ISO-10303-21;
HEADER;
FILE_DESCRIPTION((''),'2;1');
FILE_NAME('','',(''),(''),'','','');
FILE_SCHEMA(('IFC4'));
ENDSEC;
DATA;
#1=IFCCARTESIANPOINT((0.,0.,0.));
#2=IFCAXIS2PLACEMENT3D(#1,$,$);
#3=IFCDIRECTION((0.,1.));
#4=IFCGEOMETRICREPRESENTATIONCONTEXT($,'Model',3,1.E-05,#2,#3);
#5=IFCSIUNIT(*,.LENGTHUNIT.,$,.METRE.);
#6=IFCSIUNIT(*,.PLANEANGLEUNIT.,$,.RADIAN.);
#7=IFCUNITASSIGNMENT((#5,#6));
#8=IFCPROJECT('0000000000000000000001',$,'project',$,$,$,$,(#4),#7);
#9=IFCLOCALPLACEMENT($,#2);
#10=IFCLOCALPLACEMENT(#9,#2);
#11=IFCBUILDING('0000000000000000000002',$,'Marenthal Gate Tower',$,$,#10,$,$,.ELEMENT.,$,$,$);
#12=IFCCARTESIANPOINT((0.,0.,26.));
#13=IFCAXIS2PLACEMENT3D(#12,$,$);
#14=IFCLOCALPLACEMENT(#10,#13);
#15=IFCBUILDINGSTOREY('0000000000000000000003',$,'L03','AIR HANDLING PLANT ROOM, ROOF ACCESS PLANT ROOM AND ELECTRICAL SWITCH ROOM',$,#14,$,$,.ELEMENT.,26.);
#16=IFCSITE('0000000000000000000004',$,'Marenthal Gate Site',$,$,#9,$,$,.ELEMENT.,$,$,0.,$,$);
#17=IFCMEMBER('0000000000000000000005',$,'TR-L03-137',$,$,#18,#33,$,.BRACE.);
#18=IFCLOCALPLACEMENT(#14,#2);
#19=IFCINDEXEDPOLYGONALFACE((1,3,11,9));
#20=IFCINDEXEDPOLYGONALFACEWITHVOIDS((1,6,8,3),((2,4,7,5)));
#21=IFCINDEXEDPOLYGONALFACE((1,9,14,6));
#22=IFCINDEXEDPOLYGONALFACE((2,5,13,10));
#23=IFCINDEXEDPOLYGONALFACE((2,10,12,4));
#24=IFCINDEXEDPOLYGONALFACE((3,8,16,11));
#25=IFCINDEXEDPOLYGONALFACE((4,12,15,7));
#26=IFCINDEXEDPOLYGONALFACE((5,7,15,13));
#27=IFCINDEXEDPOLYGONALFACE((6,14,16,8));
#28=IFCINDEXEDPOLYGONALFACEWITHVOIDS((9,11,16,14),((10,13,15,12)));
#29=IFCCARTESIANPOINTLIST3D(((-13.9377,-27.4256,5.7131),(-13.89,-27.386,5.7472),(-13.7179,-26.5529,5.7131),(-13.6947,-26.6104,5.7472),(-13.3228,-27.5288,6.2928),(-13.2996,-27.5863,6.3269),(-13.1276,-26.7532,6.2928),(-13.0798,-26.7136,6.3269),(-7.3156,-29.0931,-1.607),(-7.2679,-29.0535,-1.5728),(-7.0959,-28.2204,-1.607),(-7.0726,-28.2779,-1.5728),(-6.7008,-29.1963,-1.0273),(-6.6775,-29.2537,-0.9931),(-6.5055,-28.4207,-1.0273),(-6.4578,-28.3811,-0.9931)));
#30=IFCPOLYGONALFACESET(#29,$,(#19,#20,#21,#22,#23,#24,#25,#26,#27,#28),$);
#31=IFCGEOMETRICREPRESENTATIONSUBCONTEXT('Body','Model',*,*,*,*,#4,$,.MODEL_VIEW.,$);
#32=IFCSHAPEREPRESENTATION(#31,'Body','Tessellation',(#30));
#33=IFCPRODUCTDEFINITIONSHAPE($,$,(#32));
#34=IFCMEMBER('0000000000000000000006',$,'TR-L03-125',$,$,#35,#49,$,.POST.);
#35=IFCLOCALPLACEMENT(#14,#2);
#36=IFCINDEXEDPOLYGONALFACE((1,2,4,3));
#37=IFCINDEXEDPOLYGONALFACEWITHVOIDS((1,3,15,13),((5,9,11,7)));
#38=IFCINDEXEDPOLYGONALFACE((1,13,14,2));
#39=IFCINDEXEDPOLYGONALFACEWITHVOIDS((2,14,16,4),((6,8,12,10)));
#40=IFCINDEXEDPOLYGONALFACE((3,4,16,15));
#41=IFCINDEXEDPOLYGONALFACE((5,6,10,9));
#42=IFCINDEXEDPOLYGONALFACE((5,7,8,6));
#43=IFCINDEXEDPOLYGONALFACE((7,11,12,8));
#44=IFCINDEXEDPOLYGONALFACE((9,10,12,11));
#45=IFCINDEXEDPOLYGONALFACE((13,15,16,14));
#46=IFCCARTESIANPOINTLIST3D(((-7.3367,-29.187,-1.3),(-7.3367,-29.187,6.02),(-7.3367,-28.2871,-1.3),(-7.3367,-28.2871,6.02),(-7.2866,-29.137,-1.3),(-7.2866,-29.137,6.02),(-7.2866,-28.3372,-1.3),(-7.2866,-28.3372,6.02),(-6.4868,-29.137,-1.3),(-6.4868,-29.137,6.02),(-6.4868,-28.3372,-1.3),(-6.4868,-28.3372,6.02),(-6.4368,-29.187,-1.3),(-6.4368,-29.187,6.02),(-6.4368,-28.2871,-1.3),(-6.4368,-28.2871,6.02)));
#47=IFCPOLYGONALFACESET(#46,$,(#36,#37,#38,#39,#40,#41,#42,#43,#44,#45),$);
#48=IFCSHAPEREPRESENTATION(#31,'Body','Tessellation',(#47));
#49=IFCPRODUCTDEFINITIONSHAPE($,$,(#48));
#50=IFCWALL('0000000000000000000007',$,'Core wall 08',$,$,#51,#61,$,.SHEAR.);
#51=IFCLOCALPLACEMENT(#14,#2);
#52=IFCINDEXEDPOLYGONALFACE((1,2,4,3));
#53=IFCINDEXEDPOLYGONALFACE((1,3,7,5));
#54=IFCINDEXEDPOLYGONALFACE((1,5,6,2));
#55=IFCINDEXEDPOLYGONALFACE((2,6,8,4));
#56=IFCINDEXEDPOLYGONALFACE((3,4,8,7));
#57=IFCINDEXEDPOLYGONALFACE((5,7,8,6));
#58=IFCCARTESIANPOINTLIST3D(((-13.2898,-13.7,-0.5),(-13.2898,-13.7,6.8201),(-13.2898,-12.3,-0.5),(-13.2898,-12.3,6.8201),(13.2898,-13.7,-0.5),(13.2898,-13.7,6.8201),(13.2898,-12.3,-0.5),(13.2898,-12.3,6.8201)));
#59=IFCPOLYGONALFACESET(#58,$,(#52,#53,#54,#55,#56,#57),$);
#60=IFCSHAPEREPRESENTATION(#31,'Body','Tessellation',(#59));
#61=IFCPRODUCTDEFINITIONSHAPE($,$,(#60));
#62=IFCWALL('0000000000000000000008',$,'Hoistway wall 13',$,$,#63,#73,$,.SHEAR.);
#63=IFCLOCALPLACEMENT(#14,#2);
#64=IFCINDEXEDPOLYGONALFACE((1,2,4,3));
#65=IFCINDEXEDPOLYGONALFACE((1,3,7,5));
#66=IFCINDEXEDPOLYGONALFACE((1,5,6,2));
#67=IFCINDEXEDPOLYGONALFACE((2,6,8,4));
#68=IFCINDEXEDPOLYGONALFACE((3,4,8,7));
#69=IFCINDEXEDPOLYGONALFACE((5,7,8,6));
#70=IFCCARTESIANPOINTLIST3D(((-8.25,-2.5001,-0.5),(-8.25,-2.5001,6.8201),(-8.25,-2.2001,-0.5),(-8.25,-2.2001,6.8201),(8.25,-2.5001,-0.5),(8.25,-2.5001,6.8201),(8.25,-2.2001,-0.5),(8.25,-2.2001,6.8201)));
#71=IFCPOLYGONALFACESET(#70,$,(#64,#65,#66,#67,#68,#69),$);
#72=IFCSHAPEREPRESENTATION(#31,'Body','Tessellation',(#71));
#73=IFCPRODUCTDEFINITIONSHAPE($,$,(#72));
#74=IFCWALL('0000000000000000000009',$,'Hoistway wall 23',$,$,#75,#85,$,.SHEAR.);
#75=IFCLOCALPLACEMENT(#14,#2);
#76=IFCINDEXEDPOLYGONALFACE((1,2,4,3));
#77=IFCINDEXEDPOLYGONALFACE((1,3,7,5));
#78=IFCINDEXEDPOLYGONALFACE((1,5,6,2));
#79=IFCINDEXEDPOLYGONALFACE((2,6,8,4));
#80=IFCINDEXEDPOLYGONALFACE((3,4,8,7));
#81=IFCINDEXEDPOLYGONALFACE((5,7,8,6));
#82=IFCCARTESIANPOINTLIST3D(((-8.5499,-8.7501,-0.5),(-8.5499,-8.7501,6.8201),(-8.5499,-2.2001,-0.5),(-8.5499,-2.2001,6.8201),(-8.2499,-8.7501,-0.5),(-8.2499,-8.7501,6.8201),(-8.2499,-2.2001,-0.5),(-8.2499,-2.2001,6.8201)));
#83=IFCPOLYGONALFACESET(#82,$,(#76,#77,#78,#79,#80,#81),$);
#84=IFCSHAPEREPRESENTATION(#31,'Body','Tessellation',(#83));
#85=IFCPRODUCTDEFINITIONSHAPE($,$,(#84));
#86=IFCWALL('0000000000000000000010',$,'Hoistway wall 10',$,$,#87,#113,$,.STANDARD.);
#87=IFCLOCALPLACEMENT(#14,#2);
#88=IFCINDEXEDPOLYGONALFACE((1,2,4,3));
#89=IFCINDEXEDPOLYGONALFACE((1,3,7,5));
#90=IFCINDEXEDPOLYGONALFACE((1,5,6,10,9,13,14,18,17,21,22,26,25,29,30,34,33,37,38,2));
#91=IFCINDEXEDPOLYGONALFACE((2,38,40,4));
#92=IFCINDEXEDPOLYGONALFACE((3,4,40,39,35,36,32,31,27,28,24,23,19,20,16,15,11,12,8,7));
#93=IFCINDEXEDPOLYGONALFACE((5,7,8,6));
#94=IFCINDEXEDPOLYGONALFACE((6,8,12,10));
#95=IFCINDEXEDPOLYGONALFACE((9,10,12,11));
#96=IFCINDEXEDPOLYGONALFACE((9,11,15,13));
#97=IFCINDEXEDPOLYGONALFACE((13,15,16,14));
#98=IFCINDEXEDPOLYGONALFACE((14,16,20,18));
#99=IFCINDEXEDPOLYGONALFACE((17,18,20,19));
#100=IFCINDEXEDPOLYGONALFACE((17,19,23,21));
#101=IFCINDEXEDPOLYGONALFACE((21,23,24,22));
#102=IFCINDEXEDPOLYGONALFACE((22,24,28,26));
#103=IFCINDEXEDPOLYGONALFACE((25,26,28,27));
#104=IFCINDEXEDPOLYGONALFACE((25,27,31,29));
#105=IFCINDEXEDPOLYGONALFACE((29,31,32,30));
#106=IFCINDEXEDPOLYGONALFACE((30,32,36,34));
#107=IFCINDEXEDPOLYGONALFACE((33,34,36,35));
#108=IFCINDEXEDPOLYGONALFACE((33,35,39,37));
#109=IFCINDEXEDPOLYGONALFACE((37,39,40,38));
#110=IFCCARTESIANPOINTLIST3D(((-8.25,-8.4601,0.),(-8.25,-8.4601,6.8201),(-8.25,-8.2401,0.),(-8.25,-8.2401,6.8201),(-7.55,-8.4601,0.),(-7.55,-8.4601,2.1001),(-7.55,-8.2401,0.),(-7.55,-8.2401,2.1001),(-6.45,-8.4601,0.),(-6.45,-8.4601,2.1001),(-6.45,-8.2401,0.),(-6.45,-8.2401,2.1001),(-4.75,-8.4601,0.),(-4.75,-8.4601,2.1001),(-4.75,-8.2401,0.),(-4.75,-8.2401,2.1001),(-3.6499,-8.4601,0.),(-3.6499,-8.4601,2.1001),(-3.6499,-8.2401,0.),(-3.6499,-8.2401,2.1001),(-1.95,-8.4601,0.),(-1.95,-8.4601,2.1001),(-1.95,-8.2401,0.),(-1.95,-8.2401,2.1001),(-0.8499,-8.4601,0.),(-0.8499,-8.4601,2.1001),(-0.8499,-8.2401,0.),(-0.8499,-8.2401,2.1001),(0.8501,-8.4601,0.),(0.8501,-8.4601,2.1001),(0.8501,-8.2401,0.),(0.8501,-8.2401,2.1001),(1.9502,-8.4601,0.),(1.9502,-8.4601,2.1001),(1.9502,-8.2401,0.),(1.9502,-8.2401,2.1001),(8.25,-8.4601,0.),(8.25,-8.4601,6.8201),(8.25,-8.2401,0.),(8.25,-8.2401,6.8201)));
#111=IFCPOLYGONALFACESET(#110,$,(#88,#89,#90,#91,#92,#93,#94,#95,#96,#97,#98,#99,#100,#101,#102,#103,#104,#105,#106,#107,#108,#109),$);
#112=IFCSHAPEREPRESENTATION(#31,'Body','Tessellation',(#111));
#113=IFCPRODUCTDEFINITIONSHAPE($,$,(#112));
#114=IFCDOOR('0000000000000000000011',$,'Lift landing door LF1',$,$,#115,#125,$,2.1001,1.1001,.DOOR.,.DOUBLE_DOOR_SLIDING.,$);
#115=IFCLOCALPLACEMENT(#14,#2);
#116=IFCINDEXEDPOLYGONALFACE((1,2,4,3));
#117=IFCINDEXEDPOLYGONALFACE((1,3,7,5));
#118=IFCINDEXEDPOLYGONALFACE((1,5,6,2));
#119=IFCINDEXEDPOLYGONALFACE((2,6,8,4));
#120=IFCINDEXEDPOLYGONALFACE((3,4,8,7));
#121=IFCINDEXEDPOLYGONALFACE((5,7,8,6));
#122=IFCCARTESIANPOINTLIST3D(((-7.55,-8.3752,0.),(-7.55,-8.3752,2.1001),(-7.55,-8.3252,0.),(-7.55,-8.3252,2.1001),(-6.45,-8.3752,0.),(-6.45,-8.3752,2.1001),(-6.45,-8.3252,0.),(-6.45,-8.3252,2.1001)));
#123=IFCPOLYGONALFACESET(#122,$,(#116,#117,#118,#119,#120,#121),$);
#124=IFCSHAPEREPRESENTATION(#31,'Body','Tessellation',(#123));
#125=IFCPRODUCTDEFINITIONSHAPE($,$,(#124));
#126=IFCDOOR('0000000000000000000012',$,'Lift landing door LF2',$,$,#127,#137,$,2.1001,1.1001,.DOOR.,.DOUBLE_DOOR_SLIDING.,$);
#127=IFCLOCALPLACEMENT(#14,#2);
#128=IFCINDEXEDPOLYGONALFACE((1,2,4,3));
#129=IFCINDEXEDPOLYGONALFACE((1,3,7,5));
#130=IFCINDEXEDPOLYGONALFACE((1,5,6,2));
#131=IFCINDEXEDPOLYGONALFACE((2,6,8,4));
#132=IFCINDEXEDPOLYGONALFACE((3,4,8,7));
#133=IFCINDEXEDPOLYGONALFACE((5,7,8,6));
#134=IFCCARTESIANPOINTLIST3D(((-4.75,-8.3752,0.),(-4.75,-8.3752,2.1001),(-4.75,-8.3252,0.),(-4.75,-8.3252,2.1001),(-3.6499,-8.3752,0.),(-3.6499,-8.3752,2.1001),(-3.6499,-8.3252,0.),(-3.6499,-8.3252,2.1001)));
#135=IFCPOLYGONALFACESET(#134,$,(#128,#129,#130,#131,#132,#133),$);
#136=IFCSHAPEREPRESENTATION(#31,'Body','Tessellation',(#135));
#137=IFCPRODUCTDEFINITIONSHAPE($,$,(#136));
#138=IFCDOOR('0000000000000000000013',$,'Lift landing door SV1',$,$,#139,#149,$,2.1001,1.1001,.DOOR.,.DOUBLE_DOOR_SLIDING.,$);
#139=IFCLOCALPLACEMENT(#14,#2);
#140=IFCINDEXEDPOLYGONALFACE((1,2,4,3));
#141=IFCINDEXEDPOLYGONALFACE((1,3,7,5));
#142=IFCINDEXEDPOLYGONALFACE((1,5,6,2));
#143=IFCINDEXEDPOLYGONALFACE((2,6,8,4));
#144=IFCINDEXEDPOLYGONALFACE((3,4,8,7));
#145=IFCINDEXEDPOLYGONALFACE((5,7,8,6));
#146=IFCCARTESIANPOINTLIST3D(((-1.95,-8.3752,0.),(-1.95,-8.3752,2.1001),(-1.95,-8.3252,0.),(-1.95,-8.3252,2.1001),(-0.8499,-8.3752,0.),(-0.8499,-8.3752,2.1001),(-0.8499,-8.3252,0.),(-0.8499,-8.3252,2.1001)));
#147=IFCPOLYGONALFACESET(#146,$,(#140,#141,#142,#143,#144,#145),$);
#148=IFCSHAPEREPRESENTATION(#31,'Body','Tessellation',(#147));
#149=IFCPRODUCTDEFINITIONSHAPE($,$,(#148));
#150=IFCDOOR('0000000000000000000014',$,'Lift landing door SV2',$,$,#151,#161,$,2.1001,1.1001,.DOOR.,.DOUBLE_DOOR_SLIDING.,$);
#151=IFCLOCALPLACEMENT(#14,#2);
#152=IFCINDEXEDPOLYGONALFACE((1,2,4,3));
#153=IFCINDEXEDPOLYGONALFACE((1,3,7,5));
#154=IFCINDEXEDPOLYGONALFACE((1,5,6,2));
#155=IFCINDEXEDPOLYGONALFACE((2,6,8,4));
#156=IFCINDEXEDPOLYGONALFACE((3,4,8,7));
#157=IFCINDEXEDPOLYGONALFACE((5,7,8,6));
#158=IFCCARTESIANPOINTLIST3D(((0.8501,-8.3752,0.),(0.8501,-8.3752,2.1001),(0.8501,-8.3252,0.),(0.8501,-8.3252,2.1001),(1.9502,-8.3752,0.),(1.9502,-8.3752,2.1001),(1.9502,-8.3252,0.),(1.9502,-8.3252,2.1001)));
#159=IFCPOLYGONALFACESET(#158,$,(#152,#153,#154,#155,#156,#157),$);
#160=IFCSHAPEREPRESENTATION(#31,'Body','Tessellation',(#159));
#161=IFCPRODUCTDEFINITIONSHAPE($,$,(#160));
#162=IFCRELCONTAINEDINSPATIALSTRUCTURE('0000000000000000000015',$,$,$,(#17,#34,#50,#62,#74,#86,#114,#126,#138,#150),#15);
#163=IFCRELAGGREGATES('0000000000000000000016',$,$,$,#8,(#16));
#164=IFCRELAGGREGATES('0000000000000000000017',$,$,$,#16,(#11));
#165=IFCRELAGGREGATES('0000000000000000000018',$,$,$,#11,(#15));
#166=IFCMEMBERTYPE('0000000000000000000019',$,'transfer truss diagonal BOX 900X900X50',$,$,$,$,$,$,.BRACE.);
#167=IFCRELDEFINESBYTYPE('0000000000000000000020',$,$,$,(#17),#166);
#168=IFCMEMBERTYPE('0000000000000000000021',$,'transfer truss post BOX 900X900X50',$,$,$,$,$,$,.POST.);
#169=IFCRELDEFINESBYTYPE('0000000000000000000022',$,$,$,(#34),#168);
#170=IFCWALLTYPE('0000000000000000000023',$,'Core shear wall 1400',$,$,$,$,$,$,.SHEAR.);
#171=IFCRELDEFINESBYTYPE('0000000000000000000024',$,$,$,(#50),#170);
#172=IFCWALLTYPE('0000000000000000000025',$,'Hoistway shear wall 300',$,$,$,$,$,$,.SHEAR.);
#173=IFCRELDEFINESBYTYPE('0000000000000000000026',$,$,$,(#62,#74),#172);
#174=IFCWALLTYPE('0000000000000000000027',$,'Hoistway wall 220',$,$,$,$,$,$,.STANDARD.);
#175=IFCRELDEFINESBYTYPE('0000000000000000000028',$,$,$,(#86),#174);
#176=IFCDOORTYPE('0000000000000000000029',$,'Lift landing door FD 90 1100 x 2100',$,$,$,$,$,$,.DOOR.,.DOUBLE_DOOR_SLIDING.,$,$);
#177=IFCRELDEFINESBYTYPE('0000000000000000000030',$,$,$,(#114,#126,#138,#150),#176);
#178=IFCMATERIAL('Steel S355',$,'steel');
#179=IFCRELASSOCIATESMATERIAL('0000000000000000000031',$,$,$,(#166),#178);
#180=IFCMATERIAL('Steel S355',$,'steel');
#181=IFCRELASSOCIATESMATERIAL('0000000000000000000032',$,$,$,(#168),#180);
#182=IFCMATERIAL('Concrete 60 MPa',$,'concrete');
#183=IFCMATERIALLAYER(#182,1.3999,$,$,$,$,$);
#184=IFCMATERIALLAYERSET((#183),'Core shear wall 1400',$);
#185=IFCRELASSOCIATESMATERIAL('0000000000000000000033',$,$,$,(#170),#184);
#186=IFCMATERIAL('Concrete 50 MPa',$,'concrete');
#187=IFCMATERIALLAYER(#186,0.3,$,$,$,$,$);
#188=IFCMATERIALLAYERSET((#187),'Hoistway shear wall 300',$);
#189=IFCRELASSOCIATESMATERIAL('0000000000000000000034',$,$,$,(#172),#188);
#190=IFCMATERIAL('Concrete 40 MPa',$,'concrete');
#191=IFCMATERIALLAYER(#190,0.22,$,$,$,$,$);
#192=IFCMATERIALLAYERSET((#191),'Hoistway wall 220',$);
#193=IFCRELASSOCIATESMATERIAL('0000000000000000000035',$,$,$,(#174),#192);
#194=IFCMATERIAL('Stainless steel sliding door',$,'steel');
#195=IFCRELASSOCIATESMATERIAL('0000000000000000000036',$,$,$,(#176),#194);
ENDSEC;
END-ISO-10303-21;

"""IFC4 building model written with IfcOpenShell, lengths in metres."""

from ifc_helpers import new_model, si_unit, direction, frame, frame_2d, origin, origin_2d, place, context, subcontext, project, spatial, rectangle, hollow_rectangle, extrude, material, layer, layer_set, material_profile, profile_set, type_object, element, fill, save


model = new_model("IFC4")

# Units and contexts
model_context = context("Model", 3, precision=1e-05, world=origin(), true_north=direction((0.0, 1.0)))
body_context = subcontext(model_context, "Body", "Model", "MODEL_VIEW")
ifc_project = project(units=[si_unit("LENGTHUNIT", "METRE"), si_unit("PLANEANGLEUNIT", "RADIAN")], contexts=[model_context])

# Site, building, storey
site_placement = place(None, origin())
site = spatial("IfcSite", under=ifc_project, at=site_placement, Name="Marenthal Gate Site", CompositionType="ELEMENT", RefElevation=0.0)
building_placement = place(site_placement, origin())
building = spatial("IfcBuilding", under=site, at=building_placement, Name="Marenthal Gate Tower", CompositionType="ELEMENT")
storey_placement = place(building_placement, frame((0.0, 0.0, 26.0)))
storey = spatial("IfcBuildingStorey", under=building, at=storey_placement, Name="L03", Description="AIR HANDLING PLANT ROOM, ROOF ACCESS PLANT ROOM AND ELECTRICAL SWITCH ROOM", CompositionType="ELEMENT", Elevation=26.0)

# Members
ifc_material_1 = material(Name="Steel S355", Category="steel")
ifc_material_profile_1 = material_profile(ifc_material_1, hollow_rectangle(XDim=0.8999, YDim=0.8999, WallThickness=0.05, at=origin_2d()), Name="BOX 900X900X50")
ifc_profile_set_1 = profile_set([ifc_material_profile_1], Name="Steel S355")
member_type_1 = type_object("IfcMemberType", Name="transfer truss diagonal BOX 900X900X50", PredefinedType="BRACE", material=ifc_profile_set_1)
member_1_placement = place(storey_placement, frame((-6.8867, -28.7371, -1.3), z_axis=(-0.661494, 0.166568, 0.731219), x_axis=(-0.244184, -0.969729, 0.0)))
element("IfcMember", 1, at=member_1_placement, inside=storey, type_object=member_type_1, Name="TR-L03-137", PredefinedType="BRACE", context=body_context, shape_type="SweptSolid", body=[
    extrude(hollow_rectangle(XDim=0.8999, YDim=0.8999, WallThickness=0.05, at=origin_2d()), origin(), (0.0, 0.0, 1.0), 10.0107),
])
ifc_material_2 = material(Name="Steel S355", Category="steel")
ifc_material_profile_2 = material_profile(ifc_material_2, hollow_rectangle(XDim=0.8999, YDim=0.8999, WallThickness=0.05, at=origin_2d()), Name="BOX 900X900X50")
ifc_profile_set_2 = profile_set([ifc_material_profile_2], Name="Steel S355")
member_type_2 = type_object("IfcMemberType", Name="transfer truss post BOX 900X900X50", PredefinedType="POST", material=ifc_profile_set_2)
member_2_placement = place(storey_placement, frame((-6.8867, -28.7371, -1.3), z_axis=(0.0, 0.0, 1.0), x_axis=(1.0, 0.0, 0.0)))
element("IfcMember", 2, at=member_2_placement, inside=storey, type_object=member_type_2, Name="TR-L03-125", PredefinedType="POST", context=body_context, shape_type="SweptSolid", body=[
    extrude(hollow_rectangle(XDim=0.8999, YDim=0.8999, WallThickness=0.05, at=origin_2d()), origin(), (0.0, 0.0, 1.0), 7.3201),
])

# Walls
ifc_material_3 = material(Name="Concrete 60 MPa", Category="concrete")
ifc_layer_1 = layer(ifc_material_3, 1.3999)
ifc_layer_set_1 = layer_set([ifc_layer_1], Name="Core shear wall 1400")
wall_type_1 = type_object("IfcWallType", Name="Core shear wall 1400", PredefinedType="SHEAR", material=ifc_layer_set_1)
wall_1_placement = place(storey_placement, frame((-13.2898, -13.0, -0.5), z_axis=(0.0, 0.0, 1.0), x_axis=(1.0, 0.0, 0.0)))
element("IfcWall", 3, at=wall_1_placement, inside=storey, type_object=wall_type_1, Name="Core wall 08", PredefinedType="SHEAR", context=body_context, shape_type="SweptSolid", body=[
    extrude(rectangle(XDim=26.5796, YDim=1.3999, at=frame_2d((13.2898, 0.0))), origin(), (0.0, 0.0, 1.0), 7.3201),
])
ifc_material_4 = material(Name="Concrete 50 MPa", Category="concrete")
ifc_layer_2 = layer(ifc_material_4, 0.3)
ifc_layer_set_2 = layer_set([ifc_layer_2], Name="Hoistway shear wall 300")
wall_type_2 = type_object("IfcWallType", Name="Hoistway shear wall 300", PredefinedType="SHEAR", material=ifc_layer_set_2)
wall_2_placement = place(storey_placement, frame((-8.25, -2.3501, -0.5), z_axis=(0.0, 0.0, 1.0), x_axis=(1.0, 0.0, 0.0)))
element("IfcWall", 4, at=wall_2_placement, inside=storey, type_object=wall_type_2, Name="Hoistway wall 13", PredefinedType="SHEAR", context=body_context, shape_type="SweptSolid", body=[
    extrude(rectangle(XDim=16.5, YDim=0.3, at=frame_2d((8.25, 0.0))), origin(), (0.0, 0.0, 1.0), 7.3201),
])
wall_3_placement = place(storey_placement, frame((-8.3999, -8.75, -0.5), z_axis=(0.0, 0.0, 1.0), x_axis=(0.0, 1.0, 0.0)))
element("IfcWall", 5, at=wall_3_placement, inside=storey, type_object=wall_type_2, Name="Hoistway wall 23", PredefinedType="SHEAR", context=body_context, shape_type="SweptSolid", body=[
    extrude(rectangle(XDim=6.55, YDim=0.3, at=frame_2d((3.2749, 0.0))), origin(), (0.0, 0.0, 1.0), 7.3201),
])

# Wall, openings, doors
ifc_material_5 = material(Name="Concrete 40 MPa", Category="concrete")
ifc_layer_3 = layer(ifc_material_5, 0.22)
ifc_layer_set_3 = layer_set([ifc_layer_3], Name="Hoistway wall 220")
wall_type_3 = type_object("IfcWallType", Name="Hoistway wall 220", PredefinedType="STANDARD", material=ifc_layer_set_3)
wall_4_placement = place(storey_placement, frame((-8.25, -8.3501, 0.0), z_axis=(0.0, 0.0, 1.0), x_axis=(1.0, 0.0, 0.0)))
wall_4 = element("IfcWall", 6, at=wall_4_placement, inside=storey, type_object=wall_type_3, Name="Hoistway wall 10", PredefinedType="STANDARD", context=body_context, shape_type="SweptSolid", body=[
    extrude(rectangle(XDim=16.5, YDim=0.22, at=frame_2d((8.25, 0.0))), origin(), (0.0, 0.0, 1.0), 6.8201),
])
opening_1_placement = place(wall_4_placement, frame((0.7, 0.0, 0.0)))
opening_1 = element("IfcOpeningElement", 7, at=opening_1_placement, cuts=wall_4, PredefinedType="OPENING", context=body_context, shape_type="SweptSolid", body=[
    extrude(rectangle(XDim=1.1001, YDim=2.1001, at=frame_2d((0.55, 1.05))), frame((0.0, 0.1201, 0.0), z_axis=(0.0, -1.0, 0.0), x_axis=(1.0, 0.0, 0.0)), (0.0, 0.0, 1.0), 0.24),
])
opening_2_placement = place(wall_4_placement, frame((3.5, 0.0, 0.0)))
opening_2 = element("IfcOpeningElement", 8, at=opening_2_placement, cuts=wall_4, PredefinedType="OPENING", context=body_context, shape_type="SweptSolid", body=[
    extrude(rectangle(XDim=1.1001, YDim=2.1001, at=frame_2d((0.55, 1.05))), frame((0.0, 0.1201, 0.0), z_axis=(0.0, -1.0, 0.0), x_axis=(1.0, 0.0, 0.0)), (0.0, 0.0, 1.0), 0.24),
])
opening_3_placement = place(wall_4_placement, frame((6.3, 0.0, 0.0)))
opening_3 = element("IfcOpeningElement", 9, at=opening_3_placement, cuts=wall_4, PredefinedType="OPENING", context=body_context, shape_type="SweptSolid", body=[
    extrude(rectangle(XDim=1.1001, YDim=2.1001, at=frame_2d((0.55, 1.05))), frame((0.0, 0.1201, 0.0), z_axis=(0.0, -1.0, 0.0), x_axis=(1.0, 0.0, 0.0)), (0.0, 0.0, 1.0), 0.24),
])
opening_4_placement = place(wall_4_placement, frame((9.1001, 0.0, 0.0)))
opening_4 = element("IfcOpeningElement", 10, at=opening_4_placement, cuts=wall_4, PredefinedType="OPENING", context=body_context, shape_type="SweptSolid", body=[
    extrude(rectangle(XDim=1.1001, YDim=2.1001, at=frame_2d((0.55, 1.05))), frame((0.0, 0.1201, 0.0), z_axis=(0.0, -1.0, 0.0), x_axis=(1.0, 0.0, 0.0)), (0.0, 0.0, 1.0), 0.24),
])
ifc_material_6 = material(Name="Stainless steel sliding door", Category="steel")
door_type_1 = type_object("IfcDoorType", Name="Lift landing door FD 90 1100 x 2100", OperationType="DOUBLE_DOOR_SLIDING", PredefinedType="DOOR", material=ifc_material_6)
door_1_placement = place(opening_1_placement, origin())
door_1 = element("IfcDoor", 11, at=door_1_placement, inside=storey, type_object=door_type_1, Name="Lift landing door LF1", OperationType="DOUBLE_DOOR_SLIDING", OverallHeight=2.1001, OverallWidth=1.1001, PredefinedType="DOOR", context=body_context, shape_type="SweptSolid", body=[
    extrude(rectangle(XDim=1.1001, YDim=2.1001, at=frame_2d((0.55, 1.05))), frame((0.0, 0.0249, 0.0), z_axis=(0.0, -1.0, 0.0), x_axis=(1.0, 0.0, 0.0)), (0.0, 0.0, 1.0), 0.05),
])
fill(opening_1, door_1)
door_2_placement = place(opening_2_placement, origin())
door_2 = element("IfcDoor", 12, at=door_2_placement, inside=storey, type_object=door_type_1, Name="Lift landing door LF2", OperationType="DOUBLE_DOOR_SLIDING", OverallHeight=2.1001, OverallWidth=1.1001, PredefinedType="DOOR", context=body_context, shape_type="SweptSolid", body=[
    extrude(rectangle(XDim=1.1001, YDim=2.1001, at=frame_2d((0.55, 1.05))), frame((0.0, 0.0249, 0.0), z_axis=(0.0, -1.0, 0.0), x_axis=(1.0, 0.0, 0.0)), (0.0, 0.0, 1.0), 0.05),
])
fill(opening_2, door_2)
door_3_placement = place(opening_3_placement, origin())
door_3 = element("IfcDoor", 13, at=door_3_placement, inside=storey, type_object=door_type_1, Name="Lift landing door SV1", OperationType="DOUBLE_DOOR_SLIDING", OverallHeight=2.1001, OverallWidth=1.1001, PredefinedType="DOOR", context=body_context, shape_type="SweptSolid", body=[
    extrude(rectangle(XDim=1.1001, YDim=2.1001, at=frame_2d((0.55, 1.05))), frame((0.0, 0.0249, 0.0), z_axis=(0.0, -1.0, 0.0), x_axis=(1.0, 0.0, 0.0)), (0.0, 0.0, 1.0), 0.05),
])
fill(opening_3, door_3)
door_4_placement = place(opening_4_placement, origin())
door_4 = element("IfcDoor", 14, at=door_4_placement, inside=storey, type_object=door_type_1, Name="Lift landing door SV2", OperationType="DOUBLE_DOOR_SLIDING", OverallHeight=2.1001, OverallWidth=1.1001, PredefinedType="DOOR", context=body_context, shape_type="SweptSolid", body=[
    extrude(rectangle(XDim=1.1001, YDim=2.1001, at=frame_2d((0.55, 1.05))), frame((0.0, 0.0249, 0.0), z_axis=(0.0, -1.0, 0.0), x_axis=(1.0, 0.0, 0.0)), (0.0, 0.0, 1.0), 0.05),
])
fill(opening_4, door_4)

save(model, "model.ifc")
